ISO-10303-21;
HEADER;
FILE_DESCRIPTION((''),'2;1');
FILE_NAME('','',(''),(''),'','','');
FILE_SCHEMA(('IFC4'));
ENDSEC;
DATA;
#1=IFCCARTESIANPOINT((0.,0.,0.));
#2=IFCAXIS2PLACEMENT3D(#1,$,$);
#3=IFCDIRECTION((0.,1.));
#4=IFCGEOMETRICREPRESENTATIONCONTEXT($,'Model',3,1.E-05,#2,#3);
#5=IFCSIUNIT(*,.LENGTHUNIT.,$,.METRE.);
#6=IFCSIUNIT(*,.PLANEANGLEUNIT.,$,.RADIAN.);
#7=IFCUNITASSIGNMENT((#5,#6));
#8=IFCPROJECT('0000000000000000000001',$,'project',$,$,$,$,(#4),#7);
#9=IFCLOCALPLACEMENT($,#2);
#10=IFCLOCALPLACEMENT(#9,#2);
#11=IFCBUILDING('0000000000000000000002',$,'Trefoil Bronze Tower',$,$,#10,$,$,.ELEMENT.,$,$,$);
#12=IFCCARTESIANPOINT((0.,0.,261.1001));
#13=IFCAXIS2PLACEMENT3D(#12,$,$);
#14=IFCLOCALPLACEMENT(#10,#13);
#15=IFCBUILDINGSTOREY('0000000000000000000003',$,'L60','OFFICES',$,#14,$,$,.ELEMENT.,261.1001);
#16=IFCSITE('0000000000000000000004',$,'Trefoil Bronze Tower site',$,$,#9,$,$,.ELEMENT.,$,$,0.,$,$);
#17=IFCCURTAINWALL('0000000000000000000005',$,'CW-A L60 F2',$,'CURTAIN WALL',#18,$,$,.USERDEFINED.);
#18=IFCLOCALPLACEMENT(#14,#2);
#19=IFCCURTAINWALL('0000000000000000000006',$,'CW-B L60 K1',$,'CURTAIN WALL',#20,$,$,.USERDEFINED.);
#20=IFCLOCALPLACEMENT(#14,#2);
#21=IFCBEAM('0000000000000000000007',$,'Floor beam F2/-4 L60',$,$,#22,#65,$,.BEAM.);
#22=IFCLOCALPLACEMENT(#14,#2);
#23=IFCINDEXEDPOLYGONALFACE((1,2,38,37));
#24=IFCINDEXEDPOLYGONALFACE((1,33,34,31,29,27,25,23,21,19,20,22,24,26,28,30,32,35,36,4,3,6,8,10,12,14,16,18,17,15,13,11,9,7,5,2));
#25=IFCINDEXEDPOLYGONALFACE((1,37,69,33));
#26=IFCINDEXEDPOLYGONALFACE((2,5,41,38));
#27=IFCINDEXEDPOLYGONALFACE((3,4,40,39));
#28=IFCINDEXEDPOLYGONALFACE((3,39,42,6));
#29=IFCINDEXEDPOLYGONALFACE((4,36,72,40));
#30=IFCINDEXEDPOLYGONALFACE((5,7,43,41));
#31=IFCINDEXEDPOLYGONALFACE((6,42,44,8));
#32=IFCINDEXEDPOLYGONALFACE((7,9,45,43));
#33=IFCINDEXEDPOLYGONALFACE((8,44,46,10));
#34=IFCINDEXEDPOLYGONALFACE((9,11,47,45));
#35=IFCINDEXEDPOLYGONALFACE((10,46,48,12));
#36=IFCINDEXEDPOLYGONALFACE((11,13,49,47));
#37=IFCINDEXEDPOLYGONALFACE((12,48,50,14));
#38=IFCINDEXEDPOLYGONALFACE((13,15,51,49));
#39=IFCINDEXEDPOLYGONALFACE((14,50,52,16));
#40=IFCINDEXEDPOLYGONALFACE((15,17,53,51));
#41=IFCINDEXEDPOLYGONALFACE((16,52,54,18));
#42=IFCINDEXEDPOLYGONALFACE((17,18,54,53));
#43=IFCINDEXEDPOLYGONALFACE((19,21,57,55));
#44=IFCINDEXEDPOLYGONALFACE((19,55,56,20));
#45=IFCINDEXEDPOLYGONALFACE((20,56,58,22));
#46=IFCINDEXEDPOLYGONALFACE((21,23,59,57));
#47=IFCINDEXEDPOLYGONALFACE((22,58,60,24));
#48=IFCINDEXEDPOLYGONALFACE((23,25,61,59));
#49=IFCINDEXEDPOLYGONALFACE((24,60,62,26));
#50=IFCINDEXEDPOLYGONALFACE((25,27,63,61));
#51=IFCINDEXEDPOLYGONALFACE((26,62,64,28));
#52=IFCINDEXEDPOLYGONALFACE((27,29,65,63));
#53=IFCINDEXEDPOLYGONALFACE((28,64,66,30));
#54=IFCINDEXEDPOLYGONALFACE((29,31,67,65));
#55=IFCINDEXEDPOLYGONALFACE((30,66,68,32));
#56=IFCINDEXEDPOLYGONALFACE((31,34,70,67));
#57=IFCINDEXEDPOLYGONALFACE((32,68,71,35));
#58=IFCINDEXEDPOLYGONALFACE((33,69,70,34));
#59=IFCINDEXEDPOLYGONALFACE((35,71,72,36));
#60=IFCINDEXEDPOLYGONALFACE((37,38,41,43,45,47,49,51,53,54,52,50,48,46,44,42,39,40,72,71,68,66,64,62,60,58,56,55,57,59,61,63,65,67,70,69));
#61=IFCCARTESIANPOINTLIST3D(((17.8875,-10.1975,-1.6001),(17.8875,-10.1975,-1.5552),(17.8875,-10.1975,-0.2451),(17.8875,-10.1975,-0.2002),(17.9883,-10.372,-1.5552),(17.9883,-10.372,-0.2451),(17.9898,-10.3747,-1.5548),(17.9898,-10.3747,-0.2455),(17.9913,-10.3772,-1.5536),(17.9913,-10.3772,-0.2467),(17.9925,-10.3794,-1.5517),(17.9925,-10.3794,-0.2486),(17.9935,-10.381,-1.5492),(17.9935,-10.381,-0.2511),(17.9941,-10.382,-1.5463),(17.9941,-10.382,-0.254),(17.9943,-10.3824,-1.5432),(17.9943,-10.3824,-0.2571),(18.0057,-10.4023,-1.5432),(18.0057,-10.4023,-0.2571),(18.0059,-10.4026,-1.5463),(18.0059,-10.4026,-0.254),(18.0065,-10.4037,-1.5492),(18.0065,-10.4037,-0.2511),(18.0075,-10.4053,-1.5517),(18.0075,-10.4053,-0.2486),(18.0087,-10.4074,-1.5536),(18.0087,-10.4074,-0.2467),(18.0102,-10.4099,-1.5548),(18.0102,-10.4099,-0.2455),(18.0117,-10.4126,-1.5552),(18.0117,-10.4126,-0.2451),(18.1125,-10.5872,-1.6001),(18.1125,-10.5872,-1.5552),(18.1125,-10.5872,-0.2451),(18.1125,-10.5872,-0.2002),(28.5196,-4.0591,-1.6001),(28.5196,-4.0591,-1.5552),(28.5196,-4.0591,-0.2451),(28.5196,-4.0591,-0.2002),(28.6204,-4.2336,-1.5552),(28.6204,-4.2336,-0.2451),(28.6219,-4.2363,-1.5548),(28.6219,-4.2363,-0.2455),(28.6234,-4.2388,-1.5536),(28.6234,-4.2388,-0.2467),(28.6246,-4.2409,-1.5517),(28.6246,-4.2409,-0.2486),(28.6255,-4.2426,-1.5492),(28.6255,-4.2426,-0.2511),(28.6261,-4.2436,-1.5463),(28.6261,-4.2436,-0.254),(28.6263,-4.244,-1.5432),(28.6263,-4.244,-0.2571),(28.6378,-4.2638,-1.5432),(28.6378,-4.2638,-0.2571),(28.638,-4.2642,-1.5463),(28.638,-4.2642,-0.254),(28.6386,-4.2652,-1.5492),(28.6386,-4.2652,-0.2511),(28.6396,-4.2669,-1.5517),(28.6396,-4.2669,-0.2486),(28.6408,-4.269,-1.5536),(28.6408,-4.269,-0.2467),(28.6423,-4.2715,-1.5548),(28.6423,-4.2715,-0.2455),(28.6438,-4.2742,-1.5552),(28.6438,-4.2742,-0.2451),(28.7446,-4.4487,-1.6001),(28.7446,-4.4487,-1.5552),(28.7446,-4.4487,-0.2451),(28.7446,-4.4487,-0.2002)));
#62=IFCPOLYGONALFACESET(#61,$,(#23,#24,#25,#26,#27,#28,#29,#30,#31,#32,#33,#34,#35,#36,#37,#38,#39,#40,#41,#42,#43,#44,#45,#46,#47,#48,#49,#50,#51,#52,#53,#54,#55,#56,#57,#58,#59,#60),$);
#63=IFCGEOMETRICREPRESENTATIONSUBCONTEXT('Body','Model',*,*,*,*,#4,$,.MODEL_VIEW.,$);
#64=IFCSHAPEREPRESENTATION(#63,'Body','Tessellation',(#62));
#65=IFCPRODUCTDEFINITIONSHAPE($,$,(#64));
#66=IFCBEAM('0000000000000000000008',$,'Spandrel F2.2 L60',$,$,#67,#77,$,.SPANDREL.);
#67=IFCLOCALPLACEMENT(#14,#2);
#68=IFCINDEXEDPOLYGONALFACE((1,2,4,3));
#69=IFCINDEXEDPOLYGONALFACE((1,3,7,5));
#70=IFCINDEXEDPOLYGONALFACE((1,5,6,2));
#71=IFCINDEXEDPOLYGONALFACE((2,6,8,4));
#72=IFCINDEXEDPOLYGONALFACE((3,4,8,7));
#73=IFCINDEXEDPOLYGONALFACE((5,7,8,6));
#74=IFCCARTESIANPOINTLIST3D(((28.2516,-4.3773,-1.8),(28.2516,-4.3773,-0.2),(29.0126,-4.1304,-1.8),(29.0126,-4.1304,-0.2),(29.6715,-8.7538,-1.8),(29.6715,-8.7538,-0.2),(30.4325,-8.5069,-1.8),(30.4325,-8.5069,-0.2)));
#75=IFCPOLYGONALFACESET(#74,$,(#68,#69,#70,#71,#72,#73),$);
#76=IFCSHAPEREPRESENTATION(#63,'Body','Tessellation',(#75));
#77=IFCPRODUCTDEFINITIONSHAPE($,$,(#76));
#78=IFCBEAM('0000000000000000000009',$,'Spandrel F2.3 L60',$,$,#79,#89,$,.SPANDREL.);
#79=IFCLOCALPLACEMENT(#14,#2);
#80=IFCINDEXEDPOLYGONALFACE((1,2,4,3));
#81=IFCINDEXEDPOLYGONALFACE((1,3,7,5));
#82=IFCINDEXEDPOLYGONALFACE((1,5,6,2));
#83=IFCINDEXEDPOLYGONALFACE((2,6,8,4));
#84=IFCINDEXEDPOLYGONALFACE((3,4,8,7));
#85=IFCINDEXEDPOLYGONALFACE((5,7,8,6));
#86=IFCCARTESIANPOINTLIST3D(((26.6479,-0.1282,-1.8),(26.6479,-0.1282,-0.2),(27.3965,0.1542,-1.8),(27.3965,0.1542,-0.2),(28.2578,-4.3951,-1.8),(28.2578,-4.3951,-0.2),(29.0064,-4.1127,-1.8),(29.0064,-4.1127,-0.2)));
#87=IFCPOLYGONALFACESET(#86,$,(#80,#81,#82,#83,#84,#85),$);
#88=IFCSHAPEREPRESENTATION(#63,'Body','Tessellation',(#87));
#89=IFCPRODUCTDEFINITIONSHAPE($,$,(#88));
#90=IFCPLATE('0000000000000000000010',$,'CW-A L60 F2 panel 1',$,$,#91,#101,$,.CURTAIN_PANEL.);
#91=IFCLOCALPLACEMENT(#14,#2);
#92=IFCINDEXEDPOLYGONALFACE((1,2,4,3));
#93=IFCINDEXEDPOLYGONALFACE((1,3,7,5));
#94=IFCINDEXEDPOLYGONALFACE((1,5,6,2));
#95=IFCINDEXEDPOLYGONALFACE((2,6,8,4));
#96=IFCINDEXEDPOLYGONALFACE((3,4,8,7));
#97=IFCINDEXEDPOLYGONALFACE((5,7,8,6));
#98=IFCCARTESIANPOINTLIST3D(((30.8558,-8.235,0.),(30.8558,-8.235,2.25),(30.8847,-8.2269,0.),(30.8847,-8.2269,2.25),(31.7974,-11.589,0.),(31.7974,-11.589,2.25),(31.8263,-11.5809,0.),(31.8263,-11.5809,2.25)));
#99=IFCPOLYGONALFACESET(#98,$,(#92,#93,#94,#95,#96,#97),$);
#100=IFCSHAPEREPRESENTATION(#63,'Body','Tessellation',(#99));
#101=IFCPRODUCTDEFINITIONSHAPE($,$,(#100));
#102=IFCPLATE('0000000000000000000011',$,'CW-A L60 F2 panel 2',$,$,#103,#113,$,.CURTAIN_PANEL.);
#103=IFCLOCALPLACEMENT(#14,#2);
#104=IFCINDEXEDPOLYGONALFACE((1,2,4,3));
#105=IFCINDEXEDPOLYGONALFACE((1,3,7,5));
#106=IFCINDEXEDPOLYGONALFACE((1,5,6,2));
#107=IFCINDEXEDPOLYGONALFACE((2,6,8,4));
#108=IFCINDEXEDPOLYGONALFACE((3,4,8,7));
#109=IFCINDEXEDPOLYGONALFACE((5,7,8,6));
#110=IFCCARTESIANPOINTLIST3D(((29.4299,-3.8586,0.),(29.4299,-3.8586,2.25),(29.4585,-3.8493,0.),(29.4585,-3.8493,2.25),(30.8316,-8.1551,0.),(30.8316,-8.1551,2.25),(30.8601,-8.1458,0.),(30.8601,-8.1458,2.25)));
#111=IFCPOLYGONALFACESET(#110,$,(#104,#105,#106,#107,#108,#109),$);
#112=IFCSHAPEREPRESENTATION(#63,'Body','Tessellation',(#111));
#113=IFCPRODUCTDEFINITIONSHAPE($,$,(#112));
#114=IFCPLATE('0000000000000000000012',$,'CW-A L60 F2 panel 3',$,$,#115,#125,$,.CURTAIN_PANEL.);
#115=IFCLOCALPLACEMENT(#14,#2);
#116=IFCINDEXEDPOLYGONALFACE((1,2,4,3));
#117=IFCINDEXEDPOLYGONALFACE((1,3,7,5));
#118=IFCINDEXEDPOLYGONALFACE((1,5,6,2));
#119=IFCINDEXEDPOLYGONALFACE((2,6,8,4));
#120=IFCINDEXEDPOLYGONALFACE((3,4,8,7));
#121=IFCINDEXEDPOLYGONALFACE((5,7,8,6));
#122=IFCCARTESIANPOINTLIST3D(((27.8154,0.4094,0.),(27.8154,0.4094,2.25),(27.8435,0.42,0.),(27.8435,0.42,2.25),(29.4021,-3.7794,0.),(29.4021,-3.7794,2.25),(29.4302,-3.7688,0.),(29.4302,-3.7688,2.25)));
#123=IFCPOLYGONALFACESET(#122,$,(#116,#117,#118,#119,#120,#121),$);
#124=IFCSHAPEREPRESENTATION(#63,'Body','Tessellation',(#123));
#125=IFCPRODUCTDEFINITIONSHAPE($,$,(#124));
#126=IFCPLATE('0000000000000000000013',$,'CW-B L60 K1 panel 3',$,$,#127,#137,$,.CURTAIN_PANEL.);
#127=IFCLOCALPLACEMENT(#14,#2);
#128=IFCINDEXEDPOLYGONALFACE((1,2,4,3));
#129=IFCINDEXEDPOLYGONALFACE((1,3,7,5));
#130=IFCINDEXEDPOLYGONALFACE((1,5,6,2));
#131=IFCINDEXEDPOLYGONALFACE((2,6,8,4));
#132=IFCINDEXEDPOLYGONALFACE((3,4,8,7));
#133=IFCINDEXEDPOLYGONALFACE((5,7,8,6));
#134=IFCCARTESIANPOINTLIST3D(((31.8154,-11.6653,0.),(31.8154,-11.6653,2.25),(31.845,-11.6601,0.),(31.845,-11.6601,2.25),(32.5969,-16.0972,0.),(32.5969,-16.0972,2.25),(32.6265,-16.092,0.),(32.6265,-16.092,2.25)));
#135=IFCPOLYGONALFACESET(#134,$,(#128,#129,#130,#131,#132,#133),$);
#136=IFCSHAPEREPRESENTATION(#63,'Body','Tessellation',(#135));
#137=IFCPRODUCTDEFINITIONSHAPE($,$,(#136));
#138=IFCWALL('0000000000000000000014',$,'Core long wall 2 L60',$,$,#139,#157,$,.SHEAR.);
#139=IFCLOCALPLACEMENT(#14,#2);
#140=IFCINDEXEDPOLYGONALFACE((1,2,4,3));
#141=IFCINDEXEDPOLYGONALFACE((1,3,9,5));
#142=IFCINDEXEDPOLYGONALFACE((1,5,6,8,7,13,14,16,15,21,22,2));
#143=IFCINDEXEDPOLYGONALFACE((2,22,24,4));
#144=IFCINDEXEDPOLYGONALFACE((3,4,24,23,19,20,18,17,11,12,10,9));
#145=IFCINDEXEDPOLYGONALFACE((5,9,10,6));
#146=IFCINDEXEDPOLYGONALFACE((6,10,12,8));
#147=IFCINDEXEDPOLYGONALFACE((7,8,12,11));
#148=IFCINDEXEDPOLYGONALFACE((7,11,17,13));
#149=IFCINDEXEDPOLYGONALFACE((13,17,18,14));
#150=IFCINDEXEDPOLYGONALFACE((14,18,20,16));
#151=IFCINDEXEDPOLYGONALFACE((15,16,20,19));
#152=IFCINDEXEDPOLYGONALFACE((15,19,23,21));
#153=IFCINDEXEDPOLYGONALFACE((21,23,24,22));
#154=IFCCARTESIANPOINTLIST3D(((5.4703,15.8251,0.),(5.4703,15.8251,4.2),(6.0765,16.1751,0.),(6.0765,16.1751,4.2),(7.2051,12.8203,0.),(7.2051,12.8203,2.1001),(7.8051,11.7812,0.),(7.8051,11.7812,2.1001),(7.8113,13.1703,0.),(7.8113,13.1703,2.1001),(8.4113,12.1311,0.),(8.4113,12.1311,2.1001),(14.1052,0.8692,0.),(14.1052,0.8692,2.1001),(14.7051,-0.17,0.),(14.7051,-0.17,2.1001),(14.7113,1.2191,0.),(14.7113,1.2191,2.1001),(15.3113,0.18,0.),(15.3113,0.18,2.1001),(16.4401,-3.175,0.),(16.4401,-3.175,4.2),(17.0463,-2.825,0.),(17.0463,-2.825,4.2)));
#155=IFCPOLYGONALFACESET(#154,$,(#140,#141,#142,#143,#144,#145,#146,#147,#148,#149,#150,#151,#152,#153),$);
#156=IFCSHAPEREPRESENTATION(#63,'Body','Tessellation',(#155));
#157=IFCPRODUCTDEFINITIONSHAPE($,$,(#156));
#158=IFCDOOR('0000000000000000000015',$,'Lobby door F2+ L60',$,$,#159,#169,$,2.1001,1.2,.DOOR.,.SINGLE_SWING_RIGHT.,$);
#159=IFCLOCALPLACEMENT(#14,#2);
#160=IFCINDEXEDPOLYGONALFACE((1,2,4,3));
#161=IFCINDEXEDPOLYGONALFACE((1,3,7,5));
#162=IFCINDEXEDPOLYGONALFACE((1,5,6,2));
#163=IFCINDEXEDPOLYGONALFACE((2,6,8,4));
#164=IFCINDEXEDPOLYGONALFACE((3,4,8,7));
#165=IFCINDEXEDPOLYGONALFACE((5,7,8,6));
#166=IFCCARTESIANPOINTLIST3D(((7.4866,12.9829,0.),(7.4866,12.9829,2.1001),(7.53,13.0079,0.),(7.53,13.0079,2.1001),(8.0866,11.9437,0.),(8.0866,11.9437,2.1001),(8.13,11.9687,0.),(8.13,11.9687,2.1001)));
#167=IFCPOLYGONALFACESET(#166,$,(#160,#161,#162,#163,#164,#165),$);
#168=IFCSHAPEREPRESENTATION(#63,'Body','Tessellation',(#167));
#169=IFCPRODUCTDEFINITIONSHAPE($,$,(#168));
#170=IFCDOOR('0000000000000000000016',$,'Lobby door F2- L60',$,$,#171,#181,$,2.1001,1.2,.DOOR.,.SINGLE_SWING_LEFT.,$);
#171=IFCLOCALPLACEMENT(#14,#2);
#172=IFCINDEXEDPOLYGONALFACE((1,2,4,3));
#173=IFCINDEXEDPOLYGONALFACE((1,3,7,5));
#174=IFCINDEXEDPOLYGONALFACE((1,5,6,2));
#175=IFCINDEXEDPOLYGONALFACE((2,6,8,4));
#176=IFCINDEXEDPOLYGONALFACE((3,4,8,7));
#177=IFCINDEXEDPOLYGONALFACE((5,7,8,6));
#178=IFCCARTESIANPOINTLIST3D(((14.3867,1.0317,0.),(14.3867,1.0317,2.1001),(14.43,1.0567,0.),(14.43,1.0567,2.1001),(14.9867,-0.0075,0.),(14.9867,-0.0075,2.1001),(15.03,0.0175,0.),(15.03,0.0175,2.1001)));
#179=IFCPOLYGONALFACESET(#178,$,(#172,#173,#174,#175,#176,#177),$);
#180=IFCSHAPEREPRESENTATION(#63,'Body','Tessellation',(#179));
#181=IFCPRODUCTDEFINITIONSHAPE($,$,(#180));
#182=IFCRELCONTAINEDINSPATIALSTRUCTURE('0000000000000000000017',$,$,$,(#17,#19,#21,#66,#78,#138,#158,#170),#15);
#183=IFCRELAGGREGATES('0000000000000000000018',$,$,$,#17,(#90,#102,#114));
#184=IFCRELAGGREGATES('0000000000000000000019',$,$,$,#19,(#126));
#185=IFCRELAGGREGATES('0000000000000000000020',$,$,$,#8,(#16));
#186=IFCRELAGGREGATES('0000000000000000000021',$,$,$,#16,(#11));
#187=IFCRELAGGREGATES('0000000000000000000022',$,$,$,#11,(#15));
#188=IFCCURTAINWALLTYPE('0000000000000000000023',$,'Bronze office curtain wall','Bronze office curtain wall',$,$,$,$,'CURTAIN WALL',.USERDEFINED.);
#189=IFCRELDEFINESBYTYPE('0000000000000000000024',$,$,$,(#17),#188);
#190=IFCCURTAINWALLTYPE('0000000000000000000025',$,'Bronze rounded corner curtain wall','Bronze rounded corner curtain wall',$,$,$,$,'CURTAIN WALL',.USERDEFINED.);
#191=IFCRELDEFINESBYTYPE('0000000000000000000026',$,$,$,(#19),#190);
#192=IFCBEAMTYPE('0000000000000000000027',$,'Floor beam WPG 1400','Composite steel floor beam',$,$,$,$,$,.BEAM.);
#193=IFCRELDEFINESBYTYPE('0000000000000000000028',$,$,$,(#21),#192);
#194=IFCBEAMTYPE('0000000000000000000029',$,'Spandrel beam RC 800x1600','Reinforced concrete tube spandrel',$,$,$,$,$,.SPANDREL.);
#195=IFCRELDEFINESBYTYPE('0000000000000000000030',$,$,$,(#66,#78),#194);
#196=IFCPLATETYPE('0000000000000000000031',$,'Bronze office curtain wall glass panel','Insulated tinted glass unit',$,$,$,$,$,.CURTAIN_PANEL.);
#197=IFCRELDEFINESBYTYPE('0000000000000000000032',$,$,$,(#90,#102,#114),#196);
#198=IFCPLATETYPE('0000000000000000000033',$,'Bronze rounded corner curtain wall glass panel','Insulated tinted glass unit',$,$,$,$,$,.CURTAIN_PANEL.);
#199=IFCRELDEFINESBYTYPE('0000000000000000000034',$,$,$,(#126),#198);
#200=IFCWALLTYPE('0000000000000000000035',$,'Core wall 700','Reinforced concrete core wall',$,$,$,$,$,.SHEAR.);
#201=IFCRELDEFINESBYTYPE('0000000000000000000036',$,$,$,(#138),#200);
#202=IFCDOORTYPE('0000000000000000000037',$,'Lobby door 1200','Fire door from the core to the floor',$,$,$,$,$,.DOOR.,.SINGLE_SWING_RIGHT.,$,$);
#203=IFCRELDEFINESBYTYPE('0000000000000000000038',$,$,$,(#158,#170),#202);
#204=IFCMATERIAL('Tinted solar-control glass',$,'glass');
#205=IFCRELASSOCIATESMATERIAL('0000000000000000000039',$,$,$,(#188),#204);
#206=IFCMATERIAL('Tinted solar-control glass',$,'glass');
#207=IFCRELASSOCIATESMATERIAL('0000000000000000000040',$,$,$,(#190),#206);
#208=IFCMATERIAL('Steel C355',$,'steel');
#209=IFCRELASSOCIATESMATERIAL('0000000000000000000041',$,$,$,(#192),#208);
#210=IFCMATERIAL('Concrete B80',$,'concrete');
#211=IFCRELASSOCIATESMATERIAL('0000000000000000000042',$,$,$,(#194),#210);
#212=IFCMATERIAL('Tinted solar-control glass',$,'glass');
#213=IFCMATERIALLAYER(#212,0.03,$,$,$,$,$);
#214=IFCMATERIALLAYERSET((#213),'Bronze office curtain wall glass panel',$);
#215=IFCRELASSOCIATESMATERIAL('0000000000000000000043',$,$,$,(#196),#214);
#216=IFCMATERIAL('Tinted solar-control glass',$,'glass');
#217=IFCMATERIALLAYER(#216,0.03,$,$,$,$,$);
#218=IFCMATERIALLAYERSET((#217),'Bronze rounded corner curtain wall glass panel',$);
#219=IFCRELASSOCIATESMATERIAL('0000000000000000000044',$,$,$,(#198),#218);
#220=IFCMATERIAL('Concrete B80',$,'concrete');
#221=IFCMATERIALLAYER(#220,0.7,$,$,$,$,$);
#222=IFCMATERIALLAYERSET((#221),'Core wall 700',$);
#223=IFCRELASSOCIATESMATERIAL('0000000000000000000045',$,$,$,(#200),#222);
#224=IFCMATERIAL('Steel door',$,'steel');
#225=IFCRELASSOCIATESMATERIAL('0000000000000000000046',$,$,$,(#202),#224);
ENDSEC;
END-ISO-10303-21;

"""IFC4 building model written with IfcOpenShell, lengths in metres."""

from ifc_helpers import new_model, si_unit, direction, frame, frame_2d, origin, origin_2d, place, context, subcontext, project, spatial, rectangle, i_section, extrude, material, layer, layer_set, material_profile, profile_set, type_object, element, fill, aggregate, save


model = new_model("IFC4")

# Units and contexts
model_context = context("Model", 3, precision=1e-05, world=origin(), true_north=direction((0.0, 1.0)))
body_context = subcontext(model_context, "Body", "Model", "MODEL_VIEW")
ifc_project = project(units=[si_unit("LENGTHUNIT", "METRE"), si_unit("PLANEANGLEUNIT", "RADIAN")], contexts=[model_context])

# Site, building, storey
site_placement = place(None, origin())
site = spatial("IfcSite", under=ifc_project, at=site_placement, Name="Trefoil Bronze Tower site", CompositionType="ELEMENT", RefElevation=0.0)
building_placement = place(site_placement, origin())
building = spatial("IfcBuilding", under=site, at=building_placement, Name="Trefoil Bronze Tower", CompositionType="ELEMENT")
storey_placement = place(building_placement, frame((0.0, 0.0, 261.1001)))
storey = spatial("IfcBuildingStorey", under=building, at=storey_placement, Name="L60", Description="OFFICES", CompositionType="ELEMENT", Elevation=261.1001)

# Curtain walls
ifc_material_1 = material(Name="Tinted solar-control glass", Category="glass")
curtain_wall_type_1 = type_object("IfcCurtainWallType", Name="Bronze office curtain wall", Description="Bronze office curtain wall", ElementType="CURTAIN WALL", PredefinedType="USERDEFINED", material=ifc_material_1)
curtain_wall_1_placement = place(storey_placement, origin())
curtain_wall_1 = element("IfcCurtainWall", 1, at=curtain_wall_1_placement, inside=storey, type_object=curtain_wall_type_1, Name="CW-A L60 F2", ObjectType="CURTAIN WALL", PredefinedType="USERDEFINED")
ifc_material_2 = material(Name="Tinted solar-control glass", Category="glass")
curtain_wall_type_2 = type_object("IfcCurtainWallType", Name="Bronze rounded corner curtain wall", Description="Bronze rounded corner curtain wall", ElementType="CURTAIN WALL", PredefinedType="USERDEFINED", material=ifc_material_2)
curtain_wall_2_placement = place(storey_placement, origin())
curtain_wall_2 = element("IfcCurtainWall", 2, at=curtain_wall_2_placement, inside=storey, type_object=curtain_wall_type_2, Name="CW-B L60 K1", ObjectType="CURTAIN WALL", PredefinedType="USERDEFINED")

# Beams
ifc_material_3 = material(Name="Steel C355", Category="steel")
ifc_material_profile_1 = material_profile(ifc_material_3, i_section(OverallWidth=0.45, OverallDepth=1.3999, WebThickness=0.0229, FlangeThickness=0.0449, FilletRadius=0.012, at=origin_2d()), Name="WPG 1400")
ifc_profile_set_1 = profile_set([ifc_material_profile_1], Name="Steel C355")
beam_type_1 = type_object("IfcBeamType", Name="Floor beam WPG 1400", Description="Composite steel floor beam", PredefinedType="BEAM", material=ifc_profile_set_1)
beam_1_placement = place(storey_placement, frame((28.6321, -4.2539, -0.9001), z_axis=(-0.866026, -0.5, 0.0), x_axis=(0.5, -0.866026, 0.0)))
element("IfcBeam", 3, at=beam_1_placement, inside=storey, type_object=beam_type_1, Name="Floor beam F2/-4 L60", PredefinedType="BEAM", context=body_context, shape_type="SweptSolid", body=[
    extrude(i_section(OverallWidth=0.45, OverallDepth=1.3999, WebThickness=0.0229, FlangeThickness=0.0449, FilletRadius=0.012, at=origin_2d()), origin(), (0.0, 0.0, 1.0), 12.2769),
])
ifc_material_4 = material(Name="Concrete B80", Category="concrete")
ifc_material_profile_2 = material_profile(ifc_material_4, rectangle(XDim=0.8, YDim=1.6001, at=origin_2d()), Name="RC 800x1600")
ifc_profile_set_2 = profile_set([ifc_material_profile_2], Name="Concrete B80")
beam_type_2 = type_object("IfcBeamType", Name="Spandrel beam RC 800x1600", Description="Reinforced concrete tube spandrel", PredefinedType="SPANDREL", material=ifc_profile_set_2)
beam_2_placement = place(storey_placement, frame((30.052, -8.6304, -1.0), z_axis=(-0.308609, 0.951189, 0.0), x_axis=(-0.951189, -0.308609, 0.0)))
element("IfcBeam", 4, at=beam_2_placement, inside=storey, type_object=beam_type_2, Name="Spandrel F2.2 L60", PredefinedType="SPANDREL", context=body_context, shape_type="SweptSolid", body=[
    extrude(rectangle(XDim=0.8, YDim=1.6001, at=origin_2d()), origin(), (0.0, 0.0, 1.0), 4.6011),
])
beam_3_placement = place(storey_placement, frame((28.6321, -4.2539, -1.0), z_axis=(-0.353006, 0.935621, 0.0), x_axis=(-0.935621, -0.353006, 0.0)))
element("IfcBeam", 5, at=beam_3_placement, inside=storey, type_object=beam_type_2, Name="Spandrel F2.3 L60", PredefinedType="SPANDREL", context=body_context, shape_type="SweptSolid", body=[
    extrude(rectangle(XDim=0.8, YDim=1.6001, at=origin_2d()), origin(), (0.0, 0.0, 1.0), 4.5605),
])

# Plates
ifc_material_5 = material(Name="Tinted solar-control glass", Category="glass")
ifc_layer_1 = layer(ifc_material_5, 0.03)
ifc_layer_set_1 = layer_set([ifc_layer_1], Name="Bronze office curtain wall glass panel")
plate_type_1 = type_object("IfcPlateType", Name="Bronze office curtain wall glass panel", Description="Insulated tinted glass unit", PredefinedType="CURTAIN_PANEL", material=ifc_layer_set_1)
plate_1_placement = place(storey_placement, frame((31.3411, -9.908, 0.0), z_axis=(0.0, 0.0, 1.0), x_axis=(-0.270282, 0.962781, 0.0)))
plate_1 = element("IfcPlate", 6, at=plate_1_placement, type_object=plate_type_1, Name="CW-A L60 F2 panel 1", PredefinedType="CURTAIN_PANEL", context=body_context, shape_type="SweptSolid", body=[
    extrude(rectangle(XDim=3.4836, YDim=0.03, at=origin_2d()), origin(), (0.0, 0.0, 1.0), 2.25),
])
plate_2_placement = place(storey_placement, frame((30.145, -6.0022, 0.0), z_axis=(0.0, 0.0, 1.0), x_axis=(-0.310149, 0.950688, 0.0)))
plate_2 = element("IfcPlate", 7, at=plate_2_placement, type_object=plate_type_1, Name="CW-A L60 F2 panel 2", PredefinedType="CURTAIN_PANEL", context=body_context, shape_type="SweptSolid", body=[
    extrude(rectangle(XDim=4.5193, YDim=0.03, at=origin_2d()), origin(), (0.0, 0.0, 1.0), 2.25),
])
plate_3_placement = place(storey_placement, frame((28.6228, -1.6797, 0.0), z_axis=(0.0, 0.0, 1.0), x_axis=(-0.354234, 0.935157, 0.0)))
plate_3 = element("IfcPlate", 8, at=plate_3_placement, type_object=plate_type_1, Name="CW-A L60 F2 panel 3", PredefinedType="CURTAIN_PANEL", context=body_context, shape_type="SweptSolid", body=[
    extrude(rectangle(XDim=4.4792, YDim=0.03, at=origin_2d()), origin(), (0.0, 0.0, 1.0), 2.25),
])
aggregate(curtain_wall_1, [plate_1, plate_2, plate_3])
ifc_material_6 = material(Name="Tinted solar-control glass", Category="glass")
ifc_layer_2 = layer(ifc_material_6, 0.03)
ifc_layer_set_2 = layer_set([ifc_layer_2], Name="Bronze rounded corner curtain wall glass panel")
plate_type_2 = type_object("IfcPlateType", Name="Bronze rounded corner curtain wall glass panel", Description="Insulated tinted glass unit", PredefinedType="CURTAIN_PANEL", material=ifc_layer_set_2)
plate_4_placement = place(storey_placement, frame((32.2209, -13.8787, 0.0), z_axis=(0.0, 0.0, 1.0), x_axis=(-0.173648, 0.984808, 0.0)))
plate_4 = element("IfcPlate", 9, at=plate_4_placement, type_object=plate_type_2, Name="CW-B L60 K1 panel 3", PredefinedType="CURTAIN_PANEL", context=body_context, shape_type="SweptSolid", body=[
    extrude(rectangle(XDim=4.5002, YDim=0.03, at=origin_2d()), origin(), (0.0, 0.0, 1.0), 2.25),
])
aggregate(curtain_wall_2, [plate_4])

# Wall, openings, doors
ifc_material_7 = material(Name="Concrete B80", Category="concrete")
ifc_layer_3 = layer(ifc_material_7, 0.7)
ifc_layer_set_3 = layer_set([ifc_layer_3], Name="Core wall 700")
wall_type_1 = type_object("IfcWallType", Name="Core wall 700", Description="Reinforced concrete core wall", PredefinedType="SHEAR", material=ifc_layer_set_3)
wall_1_placement = place(storey_placement, frame((16.7432, -3.0, 0.0), z_axis=(0.0, 0.0, 1.0), x_axis=(-0.500002, 0.866024, 0.0)))
wall_1 = element("IfcWall", 10, at=wall_1_placement, inside=storey, type_object=wall_type_1, Name="Core long wall 2 L60", PredefinedType="SHEAR", context=body_context, shape_type="SweptSolid", body=[
    extrude(rectangle(XDim=21.9395, YDim=0.7, at=frame_2d((10.9697, 0.0))), origin(), (0.0, 0.0, 1.0), 4.2),
])
opening_1_placement = place(wall_1_placement, frame((17.2698, 0.0, 0.0)))
opening_1 = element("IfcOpeningElement", 11, at=opening_1_placement, cuts=wall_1, PredefinedType="OPENING", context=body_context, shape_type="SweptSolid", body=[
    extrude(rectangle(XDim=1.2, YDim=2.1001, at=frame_2d((0.6001, 1.05))), frame((0.0, 0.3599, 0.0), z_axis=(0.0, -1.0, 0.0), x_axis=(1.0, 0.0, 0.0)), (0.0, 0.0, 1.0), 0.72),
])
opening_2_placement = place(wall_1_placement, frame((3.4697, 0.0, 0.0)))
opening_2 = element("IfcOpeningElement", 12, at=opening_2_placement, cuts=wall_1, PredefinedType="OPENING", context=body_context, shape_type="SweptSolid", body=[
    extrude(rectangle(XDim=1.2, YDim=2.1001, at=frame_2d((0.6001, 1.05))), frame((0.0, 0.3599, 0.0), z_axis=(0.0, -1.0, 0.0), x_axis=(1.0, 0.0, 0.0)), (0.0, 0.0, 1.0), 0.72),
])
ifc_material_8 = material(Name="Steel door", Category="steel")
door_type_1 = type_object("IfcDoorType", Name="Lobby door 1200", Description="Fire door from the core to the floor", OperationType="SINGLE_SWING_RIGHT", PredefinedType="DOOR", material=ifc_material_8)
door_1_placement = place(opening_1_placement, origin())
door_1 = element("IfcDoor", 13, at=door_1_placement, inside=storey, type_object=door_type_1, Name="Lobby door F2+ L60", OperationType="SINGLE_SWING_RIGHT", OverallHeight=2.1001, OverallWidth=1.2, PredefinedType="DOOR", context=body_context, shape_type="SweptSolid", body=[
    extrude(rectangle(XDim=1.2, YDim=2.1001, at=frame_2d((0.6001, 1.05))), frame((0.0, 0.0249, 0.0), z_axis=(0.0, -1.0, 0.0), x_axis=(1.0, 0.0, 0.0)), (0.0, 0.0, 1.0), 0.05),
])
fill(opening_1, door_1)
door_2_placement = place(opening_2_placement, origin())
door_2 = element("IfcDoor", 14, at=door_2_placement, inside=storey, type_object=door_type_1, Name="Lobby door F2- L60", OperationType="SINGLE_SWING_LEFT", OverallHeight=2.1001, OverallWidth=1.2, PredefinedType="DOOR", context=body_context, shape_type="SweptSolid", body=[
    extrude(rectangle(XDim=1.2, YDim=2.1001, at=frame_2d((0.6001, 1.05))), frame((0.0, 0.0249, 0.0), z_axis=(0.0, -1.0, 0.0), x_axis=(1.0, 0.0, 0.0)), (0.0, 0.0, 1.0), 0.05),
])
fill(opening_2, door_2)

save(model, "model.ifc")
